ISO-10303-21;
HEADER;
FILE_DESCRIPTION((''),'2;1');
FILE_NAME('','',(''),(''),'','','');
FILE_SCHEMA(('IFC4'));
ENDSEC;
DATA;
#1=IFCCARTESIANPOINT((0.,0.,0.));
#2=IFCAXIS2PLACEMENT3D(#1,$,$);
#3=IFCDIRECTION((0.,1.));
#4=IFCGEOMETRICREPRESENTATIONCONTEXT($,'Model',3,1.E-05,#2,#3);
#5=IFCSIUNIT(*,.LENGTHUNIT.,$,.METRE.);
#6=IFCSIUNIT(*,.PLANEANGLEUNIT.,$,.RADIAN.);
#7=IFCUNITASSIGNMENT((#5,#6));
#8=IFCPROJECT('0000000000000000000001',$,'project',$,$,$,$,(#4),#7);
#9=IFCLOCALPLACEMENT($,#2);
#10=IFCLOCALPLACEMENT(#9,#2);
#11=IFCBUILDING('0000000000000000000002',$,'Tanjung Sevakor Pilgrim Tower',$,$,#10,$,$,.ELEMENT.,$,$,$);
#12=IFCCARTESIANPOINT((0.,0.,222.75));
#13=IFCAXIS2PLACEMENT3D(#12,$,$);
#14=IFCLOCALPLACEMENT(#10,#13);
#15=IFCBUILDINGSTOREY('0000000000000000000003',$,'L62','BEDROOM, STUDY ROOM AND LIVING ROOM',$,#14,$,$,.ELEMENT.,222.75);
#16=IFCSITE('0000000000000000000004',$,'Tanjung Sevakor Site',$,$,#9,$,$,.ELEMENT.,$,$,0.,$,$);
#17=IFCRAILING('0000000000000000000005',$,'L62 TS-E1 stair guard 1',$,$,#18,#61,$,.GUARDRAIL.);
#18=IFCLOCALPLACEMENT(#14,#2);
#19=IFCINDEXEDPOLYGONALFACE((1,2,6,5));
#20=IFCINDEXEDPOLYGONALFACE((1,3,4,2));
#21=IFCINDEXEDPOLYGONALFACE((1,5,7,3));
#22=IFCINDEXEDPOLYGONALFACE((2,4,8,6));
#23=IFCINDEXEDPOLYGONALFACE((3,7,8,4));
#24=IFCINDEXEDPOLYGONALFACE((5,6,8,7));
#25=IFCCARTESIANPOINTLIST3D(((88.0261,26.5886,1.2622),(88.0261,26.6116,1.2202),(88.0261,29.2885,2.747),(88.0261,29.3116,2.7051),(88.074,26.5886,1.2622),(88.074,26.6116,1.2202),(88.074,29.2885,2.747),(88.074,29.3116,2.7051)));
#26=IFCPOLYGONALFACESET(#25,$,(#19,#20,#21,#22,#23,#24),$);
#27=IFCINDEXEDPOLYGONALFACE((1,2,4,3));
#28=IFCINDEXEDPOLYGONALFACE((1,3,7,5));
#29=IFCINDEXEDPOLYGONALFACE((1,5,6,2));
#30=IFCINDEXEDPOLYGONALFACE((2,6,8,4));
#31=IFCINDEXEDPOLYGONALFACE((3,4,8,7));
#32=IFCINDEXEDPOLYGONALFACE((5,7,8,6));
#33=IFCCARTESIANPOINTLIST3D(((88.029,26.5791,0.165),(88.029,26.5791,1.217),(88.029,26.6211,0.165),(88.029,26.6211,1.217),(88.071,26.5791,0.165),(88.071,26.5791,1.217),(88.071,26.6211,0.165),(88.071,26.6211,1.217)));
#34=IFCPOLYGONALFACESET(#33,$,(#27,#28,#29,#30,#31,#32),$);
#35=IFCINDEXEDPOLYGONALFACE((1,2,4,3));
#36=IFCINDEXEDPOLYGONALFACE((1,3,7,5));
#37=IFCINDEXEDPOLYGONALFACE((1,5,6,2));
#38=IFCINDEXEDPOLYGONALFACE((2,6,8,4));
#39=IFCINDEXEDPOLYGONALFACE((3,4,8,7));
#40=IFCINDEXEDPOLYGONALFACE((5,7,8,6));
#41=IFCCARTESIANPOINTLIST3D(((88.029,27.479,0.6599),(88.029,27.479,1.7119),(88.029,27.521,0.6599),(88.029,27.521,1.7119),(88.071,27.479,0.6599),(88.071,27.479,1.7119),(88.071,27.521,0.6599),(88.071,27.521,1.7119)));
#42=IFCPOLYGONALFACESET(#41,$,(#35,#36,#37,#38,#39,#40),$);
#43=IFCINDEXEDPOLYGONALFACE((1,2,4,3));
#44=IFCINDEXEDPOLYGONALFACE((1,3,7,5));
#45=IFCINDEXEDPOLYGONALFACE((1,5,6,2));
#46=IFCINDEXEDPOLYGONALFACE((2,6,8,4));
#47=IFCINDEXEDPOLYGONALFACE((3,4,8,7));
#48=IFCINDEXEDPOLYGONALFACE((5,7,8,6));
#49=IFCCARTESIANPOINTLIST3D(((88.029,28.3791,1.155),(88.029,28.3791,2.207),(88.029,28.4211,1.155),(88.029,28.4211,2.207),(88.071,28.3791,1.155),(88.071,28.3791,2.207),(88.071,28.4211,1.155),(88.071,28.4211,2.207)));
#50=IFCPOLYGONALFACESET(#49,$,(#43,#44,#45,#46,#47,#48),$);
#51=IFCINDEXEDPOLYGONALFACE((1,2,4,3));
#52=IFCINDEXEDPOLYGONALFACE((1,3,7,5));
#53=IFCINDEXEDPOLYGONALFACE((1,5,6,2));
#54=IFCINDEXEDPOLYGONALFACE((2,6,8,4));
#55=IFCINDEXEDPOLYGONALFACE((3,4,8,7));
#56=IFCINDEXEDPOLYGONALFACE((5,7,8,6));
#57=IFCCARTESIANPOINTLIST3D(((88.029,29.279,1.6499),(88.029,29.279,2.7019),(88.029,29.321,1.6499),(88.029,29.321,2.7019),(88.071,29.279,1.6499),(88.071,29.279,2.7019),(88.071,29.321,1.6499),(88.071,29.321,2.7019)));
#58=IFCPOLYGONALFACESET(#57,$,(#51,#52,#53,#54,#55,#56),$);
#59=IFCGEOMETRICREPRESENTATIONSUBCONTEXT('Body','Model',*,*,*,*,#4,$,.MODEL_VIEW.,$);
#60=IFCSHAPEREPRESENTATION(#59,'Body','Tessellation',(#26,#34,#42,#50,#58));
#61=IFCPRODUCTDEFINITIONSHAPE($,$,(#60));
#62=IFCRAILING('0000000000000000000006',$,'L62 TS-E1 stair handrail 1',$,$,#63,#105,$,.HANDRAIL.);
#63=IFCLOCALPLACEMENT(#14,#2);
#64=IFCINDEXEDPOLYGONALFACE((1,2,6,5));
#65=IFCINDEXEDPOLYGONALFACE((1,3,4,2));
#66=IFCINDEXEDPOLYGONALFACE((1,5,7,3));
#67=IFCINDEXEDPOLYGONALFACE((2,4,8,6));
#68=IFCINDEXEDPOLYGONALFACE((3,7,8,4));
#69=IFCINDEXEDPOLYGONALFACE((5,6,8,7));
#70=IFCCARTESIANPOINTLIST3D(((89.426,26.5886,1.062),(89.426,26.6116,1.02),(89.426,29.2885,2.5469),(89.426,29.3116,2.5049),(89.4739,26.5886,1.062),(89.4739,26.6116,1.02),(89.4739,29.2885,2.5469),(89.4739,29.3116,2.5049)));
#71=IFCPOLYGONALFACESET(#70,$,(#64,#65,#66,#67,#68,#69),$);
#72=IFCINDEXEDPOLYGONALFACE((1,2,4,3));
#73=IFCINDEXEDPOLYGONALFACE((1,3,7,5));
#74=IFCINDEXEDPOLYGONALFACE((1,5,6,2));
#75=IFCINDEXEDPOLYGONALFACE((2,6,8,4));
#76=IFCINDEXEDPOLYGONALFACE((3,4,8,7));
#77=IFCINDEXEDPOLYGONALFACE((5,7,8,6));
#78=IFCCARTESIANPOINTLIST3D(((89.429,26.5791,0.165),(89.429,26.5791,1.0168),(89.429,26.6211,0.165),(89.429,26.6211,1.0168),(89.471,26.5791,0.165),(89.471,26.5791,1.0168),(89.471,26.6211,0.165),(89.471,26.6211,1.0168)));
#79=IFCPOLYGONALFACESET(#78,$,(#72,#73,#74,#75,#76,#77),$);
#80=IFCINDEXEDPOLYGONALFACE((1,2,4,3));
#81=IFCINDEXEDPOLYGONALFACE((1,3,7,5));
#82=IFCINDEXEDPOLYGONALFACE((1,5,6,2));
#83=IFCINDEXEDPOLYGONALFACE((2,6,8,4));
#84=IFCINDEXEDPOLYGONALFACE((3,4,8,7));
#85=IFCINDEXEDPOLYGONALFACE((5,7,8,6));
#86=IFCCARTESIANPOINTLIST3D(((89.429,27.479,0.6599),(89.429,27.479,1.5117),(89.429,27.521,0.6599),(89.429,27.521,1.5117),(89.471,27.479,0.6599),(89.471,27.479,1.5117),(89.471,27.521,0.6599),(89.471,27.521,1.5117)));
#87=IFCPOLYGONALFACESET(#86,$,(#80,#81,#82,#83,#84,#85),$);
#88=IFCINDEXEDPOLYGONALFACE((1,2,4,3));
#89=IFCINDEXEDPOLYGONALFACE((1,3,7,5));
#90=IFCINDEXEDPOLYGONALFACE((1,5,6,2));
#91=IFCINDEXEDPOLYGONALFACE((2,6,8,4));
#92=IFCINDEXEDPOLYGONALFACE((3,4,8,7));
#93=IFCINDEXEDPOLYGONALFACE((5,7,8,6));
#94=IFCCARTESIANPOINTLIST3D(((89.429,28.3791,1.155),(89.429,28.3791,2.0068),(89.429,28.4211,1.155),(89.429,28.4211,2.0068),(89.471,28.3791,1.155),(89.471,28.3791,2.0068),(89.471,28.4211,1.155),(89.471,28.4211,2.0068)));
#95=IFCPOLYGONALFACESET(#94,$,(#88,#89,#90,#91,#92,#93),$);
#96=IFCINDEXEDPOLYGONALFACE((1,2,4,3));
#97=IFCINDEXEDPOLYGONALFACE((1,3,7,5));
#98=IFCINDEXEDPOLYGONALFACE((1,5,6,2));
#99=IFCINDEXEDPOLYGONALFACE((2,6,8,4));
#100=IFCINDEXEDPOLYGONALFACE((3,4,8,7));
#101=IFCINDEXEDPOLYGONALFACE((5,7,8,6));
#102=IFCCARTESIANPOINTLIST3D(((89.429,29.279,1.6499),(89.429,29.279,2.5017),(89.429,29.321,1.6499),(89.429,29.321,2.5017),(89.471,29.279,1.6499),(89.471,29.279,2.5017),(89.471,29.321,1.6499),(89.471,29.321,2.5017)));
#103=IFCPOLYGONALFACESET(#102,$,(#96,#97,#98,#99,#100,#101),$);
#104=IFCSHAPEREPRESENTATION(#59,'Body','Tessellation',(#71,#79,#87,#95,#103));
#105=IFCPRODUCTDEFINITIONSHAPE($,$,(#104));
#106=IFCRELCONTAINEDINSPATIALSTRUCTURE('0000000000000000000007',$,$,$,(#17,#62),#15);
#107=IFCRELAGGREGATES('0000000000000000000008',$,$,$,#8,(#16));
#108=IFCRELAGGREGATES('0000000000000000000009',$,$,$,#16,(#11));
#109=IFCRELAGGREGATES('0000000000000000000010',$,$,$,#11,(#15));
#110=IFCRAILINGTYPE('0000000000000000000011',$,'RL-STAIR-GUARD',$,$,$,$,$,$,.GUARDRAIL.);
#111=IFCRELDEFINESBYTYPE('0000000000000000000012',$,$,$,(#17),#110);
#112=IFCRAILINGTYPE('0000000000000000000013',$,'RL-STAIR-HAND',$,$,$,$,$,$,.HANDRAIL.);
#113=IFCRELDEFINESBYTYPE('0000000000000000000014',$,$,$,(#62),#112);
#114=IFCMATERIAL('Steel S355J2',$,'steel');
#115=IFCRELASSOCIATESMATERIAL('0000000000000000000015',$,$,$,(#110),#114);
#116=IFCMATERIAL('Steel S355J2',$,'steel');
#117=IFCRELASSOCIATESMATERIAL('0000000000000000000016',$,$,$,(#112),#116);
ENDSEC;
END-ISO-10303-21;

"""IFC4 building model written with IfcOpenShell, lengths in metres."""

from ifc_helpers import new_model, si_unit, direction, frame, origin, place, context, subcontext, project, spatial, rectangle, extrude, material, type_object, element, save


model = new_model("IFC4")

# Units and contexts
model_context = context("Model", 3, precision=1e-05, world=origin(), true_north=direction((0.0, 1.0)))
body_context = subcontext(model_context, "Body", "Model", "MODEL_VIEW")
ifc_project = project(units=[si_unit("LENGTHUNIT", "METRE"), si_unit("PLANEANGLEUNIT", "RADIAN")], contexts=[model_context])

# Site, building, storey
site_placement = place(None, origin())
site = spatial("IfcSite", under=ifc_project, at=site_placement, Name="Tanjung Sevakor Site", CompositionType="ELEMENT", RefElevation=0.0)
building_placement = place(site_placement, origin())
building = spatial("IfcBuilding", under=site, at=building_placement, Name="Tanjung Sevakor Pilgrim Tower", CompositionType="ELEMENT")
storey_placement = place(building_placement, frame((0.0, 0.0, 222.75)))
storey = spatial("IfcBuildingStorey", under=building, at=storey_placement, Name="L62", Description="BEDROOM, STUDY ROOM AND LIVING ROOM", CompositionType="ELEMENT", Elevation=222.75)

# Railings
ifc_material_1 = material(Name="Steel S355J2", Category="steel")
railing_type_1 = type_object("IfcRailingType", Name="RL-STAIR-GUARD", PredefinedType="GUARDRAIL", material=ifc_material_1)
railing_1_placement = place(storey_placement, frame((88.05, 26.6001, 0.165)))
element("IfcRailing", 1, at=railing_1_placement, inside=storey, type_object=railing_type_1, Name="L62 TS-E1 stair guard 1", PredefinedType="GUARDRAIL", context=body_context, shape_type="SweptSolid", body=[
    extrude(rectangle(XDim=0.0479, YDim=0.0479), frame((0.0, 0.0, 1.0762), z_axis=(0.0, 0.876231, 0.481891), x_axis=(-1.0, 0.0, 0.0)), (0.0, 0.0, 1.0), 3.0813),
    extrude(rectangle(XDim=0.042, YDim=0.042), origin(), (0.0, 0.0, 1.0), 1.052),
    extrude(rectangle(XDim=0.042, YDim=0.042), frame((0.0, 0.8999, 0.4949)), (0.0, 0.0, 1.0), 1.052),
    extrude(rectangle(XDim=0.042, YDim=0.042), frame((0.0, 1.8, 0.99)), (0.0, 0.0, 1.0), 1.052),
    extrude(rectangle(XDim=0.042, YDim=0.042), frame((0.0, 2.7, 1.4849)), (0.0, 0.0, 1.0), 1.052),
])
ifc_material_2 = material(Name="Steel S355J2", Category="steel")
railing_type_2 = type_object("IfcRailingType", Name="RL-STAIR-HAND", PredefinedType="HANDRAIL", material=ifc_material_2)
railing_2_placement = place(storey_placement, frame((89.45, 26.6001, 0.165)))
element("IfcRailing", 2, at=railing_2_placement, inside=storey, type_object=railing_type_2, Name="L62 TS-E1 stair handrail 1", PredefinedType="HANDRAIL", context=body_context, shape_type="SweptSolid", body=[
    extrude(rectangle(XDim=0.0479, YDim=0.0479), frame((0.0, 0.0, 0.876), z_axis=(0.0, 0.876231, 0.481891), x_axis=(-1.0, 0.0, 0.0)), (0.0, 0.0, 1.0), 3.0813),
    extrude(rectangle(XDim=0.042, YDim=0.042), origin(), (0.0, 0.0, 1.0), 0.8518),
    extrude(rectangle(XDim=0.042, YDim=0.042), frame((0.0, 0.8999, 0.4949)), (0.0, 0.0, 1.0), 0.8518),
    extrude(rectangle(XDim=0.042, YDim=0.042), frame((0.0, 1.8, 0.99)), (0.0, 0.0, 1.0), 0.8518),
    extrude(rectangle(XDim=0.042, YDim=0.042), frame((0.0, 2.7, 1.4849)), (0.0, 0.0, 1.0), 0.8518),
])

save(model, "model.ifc")
